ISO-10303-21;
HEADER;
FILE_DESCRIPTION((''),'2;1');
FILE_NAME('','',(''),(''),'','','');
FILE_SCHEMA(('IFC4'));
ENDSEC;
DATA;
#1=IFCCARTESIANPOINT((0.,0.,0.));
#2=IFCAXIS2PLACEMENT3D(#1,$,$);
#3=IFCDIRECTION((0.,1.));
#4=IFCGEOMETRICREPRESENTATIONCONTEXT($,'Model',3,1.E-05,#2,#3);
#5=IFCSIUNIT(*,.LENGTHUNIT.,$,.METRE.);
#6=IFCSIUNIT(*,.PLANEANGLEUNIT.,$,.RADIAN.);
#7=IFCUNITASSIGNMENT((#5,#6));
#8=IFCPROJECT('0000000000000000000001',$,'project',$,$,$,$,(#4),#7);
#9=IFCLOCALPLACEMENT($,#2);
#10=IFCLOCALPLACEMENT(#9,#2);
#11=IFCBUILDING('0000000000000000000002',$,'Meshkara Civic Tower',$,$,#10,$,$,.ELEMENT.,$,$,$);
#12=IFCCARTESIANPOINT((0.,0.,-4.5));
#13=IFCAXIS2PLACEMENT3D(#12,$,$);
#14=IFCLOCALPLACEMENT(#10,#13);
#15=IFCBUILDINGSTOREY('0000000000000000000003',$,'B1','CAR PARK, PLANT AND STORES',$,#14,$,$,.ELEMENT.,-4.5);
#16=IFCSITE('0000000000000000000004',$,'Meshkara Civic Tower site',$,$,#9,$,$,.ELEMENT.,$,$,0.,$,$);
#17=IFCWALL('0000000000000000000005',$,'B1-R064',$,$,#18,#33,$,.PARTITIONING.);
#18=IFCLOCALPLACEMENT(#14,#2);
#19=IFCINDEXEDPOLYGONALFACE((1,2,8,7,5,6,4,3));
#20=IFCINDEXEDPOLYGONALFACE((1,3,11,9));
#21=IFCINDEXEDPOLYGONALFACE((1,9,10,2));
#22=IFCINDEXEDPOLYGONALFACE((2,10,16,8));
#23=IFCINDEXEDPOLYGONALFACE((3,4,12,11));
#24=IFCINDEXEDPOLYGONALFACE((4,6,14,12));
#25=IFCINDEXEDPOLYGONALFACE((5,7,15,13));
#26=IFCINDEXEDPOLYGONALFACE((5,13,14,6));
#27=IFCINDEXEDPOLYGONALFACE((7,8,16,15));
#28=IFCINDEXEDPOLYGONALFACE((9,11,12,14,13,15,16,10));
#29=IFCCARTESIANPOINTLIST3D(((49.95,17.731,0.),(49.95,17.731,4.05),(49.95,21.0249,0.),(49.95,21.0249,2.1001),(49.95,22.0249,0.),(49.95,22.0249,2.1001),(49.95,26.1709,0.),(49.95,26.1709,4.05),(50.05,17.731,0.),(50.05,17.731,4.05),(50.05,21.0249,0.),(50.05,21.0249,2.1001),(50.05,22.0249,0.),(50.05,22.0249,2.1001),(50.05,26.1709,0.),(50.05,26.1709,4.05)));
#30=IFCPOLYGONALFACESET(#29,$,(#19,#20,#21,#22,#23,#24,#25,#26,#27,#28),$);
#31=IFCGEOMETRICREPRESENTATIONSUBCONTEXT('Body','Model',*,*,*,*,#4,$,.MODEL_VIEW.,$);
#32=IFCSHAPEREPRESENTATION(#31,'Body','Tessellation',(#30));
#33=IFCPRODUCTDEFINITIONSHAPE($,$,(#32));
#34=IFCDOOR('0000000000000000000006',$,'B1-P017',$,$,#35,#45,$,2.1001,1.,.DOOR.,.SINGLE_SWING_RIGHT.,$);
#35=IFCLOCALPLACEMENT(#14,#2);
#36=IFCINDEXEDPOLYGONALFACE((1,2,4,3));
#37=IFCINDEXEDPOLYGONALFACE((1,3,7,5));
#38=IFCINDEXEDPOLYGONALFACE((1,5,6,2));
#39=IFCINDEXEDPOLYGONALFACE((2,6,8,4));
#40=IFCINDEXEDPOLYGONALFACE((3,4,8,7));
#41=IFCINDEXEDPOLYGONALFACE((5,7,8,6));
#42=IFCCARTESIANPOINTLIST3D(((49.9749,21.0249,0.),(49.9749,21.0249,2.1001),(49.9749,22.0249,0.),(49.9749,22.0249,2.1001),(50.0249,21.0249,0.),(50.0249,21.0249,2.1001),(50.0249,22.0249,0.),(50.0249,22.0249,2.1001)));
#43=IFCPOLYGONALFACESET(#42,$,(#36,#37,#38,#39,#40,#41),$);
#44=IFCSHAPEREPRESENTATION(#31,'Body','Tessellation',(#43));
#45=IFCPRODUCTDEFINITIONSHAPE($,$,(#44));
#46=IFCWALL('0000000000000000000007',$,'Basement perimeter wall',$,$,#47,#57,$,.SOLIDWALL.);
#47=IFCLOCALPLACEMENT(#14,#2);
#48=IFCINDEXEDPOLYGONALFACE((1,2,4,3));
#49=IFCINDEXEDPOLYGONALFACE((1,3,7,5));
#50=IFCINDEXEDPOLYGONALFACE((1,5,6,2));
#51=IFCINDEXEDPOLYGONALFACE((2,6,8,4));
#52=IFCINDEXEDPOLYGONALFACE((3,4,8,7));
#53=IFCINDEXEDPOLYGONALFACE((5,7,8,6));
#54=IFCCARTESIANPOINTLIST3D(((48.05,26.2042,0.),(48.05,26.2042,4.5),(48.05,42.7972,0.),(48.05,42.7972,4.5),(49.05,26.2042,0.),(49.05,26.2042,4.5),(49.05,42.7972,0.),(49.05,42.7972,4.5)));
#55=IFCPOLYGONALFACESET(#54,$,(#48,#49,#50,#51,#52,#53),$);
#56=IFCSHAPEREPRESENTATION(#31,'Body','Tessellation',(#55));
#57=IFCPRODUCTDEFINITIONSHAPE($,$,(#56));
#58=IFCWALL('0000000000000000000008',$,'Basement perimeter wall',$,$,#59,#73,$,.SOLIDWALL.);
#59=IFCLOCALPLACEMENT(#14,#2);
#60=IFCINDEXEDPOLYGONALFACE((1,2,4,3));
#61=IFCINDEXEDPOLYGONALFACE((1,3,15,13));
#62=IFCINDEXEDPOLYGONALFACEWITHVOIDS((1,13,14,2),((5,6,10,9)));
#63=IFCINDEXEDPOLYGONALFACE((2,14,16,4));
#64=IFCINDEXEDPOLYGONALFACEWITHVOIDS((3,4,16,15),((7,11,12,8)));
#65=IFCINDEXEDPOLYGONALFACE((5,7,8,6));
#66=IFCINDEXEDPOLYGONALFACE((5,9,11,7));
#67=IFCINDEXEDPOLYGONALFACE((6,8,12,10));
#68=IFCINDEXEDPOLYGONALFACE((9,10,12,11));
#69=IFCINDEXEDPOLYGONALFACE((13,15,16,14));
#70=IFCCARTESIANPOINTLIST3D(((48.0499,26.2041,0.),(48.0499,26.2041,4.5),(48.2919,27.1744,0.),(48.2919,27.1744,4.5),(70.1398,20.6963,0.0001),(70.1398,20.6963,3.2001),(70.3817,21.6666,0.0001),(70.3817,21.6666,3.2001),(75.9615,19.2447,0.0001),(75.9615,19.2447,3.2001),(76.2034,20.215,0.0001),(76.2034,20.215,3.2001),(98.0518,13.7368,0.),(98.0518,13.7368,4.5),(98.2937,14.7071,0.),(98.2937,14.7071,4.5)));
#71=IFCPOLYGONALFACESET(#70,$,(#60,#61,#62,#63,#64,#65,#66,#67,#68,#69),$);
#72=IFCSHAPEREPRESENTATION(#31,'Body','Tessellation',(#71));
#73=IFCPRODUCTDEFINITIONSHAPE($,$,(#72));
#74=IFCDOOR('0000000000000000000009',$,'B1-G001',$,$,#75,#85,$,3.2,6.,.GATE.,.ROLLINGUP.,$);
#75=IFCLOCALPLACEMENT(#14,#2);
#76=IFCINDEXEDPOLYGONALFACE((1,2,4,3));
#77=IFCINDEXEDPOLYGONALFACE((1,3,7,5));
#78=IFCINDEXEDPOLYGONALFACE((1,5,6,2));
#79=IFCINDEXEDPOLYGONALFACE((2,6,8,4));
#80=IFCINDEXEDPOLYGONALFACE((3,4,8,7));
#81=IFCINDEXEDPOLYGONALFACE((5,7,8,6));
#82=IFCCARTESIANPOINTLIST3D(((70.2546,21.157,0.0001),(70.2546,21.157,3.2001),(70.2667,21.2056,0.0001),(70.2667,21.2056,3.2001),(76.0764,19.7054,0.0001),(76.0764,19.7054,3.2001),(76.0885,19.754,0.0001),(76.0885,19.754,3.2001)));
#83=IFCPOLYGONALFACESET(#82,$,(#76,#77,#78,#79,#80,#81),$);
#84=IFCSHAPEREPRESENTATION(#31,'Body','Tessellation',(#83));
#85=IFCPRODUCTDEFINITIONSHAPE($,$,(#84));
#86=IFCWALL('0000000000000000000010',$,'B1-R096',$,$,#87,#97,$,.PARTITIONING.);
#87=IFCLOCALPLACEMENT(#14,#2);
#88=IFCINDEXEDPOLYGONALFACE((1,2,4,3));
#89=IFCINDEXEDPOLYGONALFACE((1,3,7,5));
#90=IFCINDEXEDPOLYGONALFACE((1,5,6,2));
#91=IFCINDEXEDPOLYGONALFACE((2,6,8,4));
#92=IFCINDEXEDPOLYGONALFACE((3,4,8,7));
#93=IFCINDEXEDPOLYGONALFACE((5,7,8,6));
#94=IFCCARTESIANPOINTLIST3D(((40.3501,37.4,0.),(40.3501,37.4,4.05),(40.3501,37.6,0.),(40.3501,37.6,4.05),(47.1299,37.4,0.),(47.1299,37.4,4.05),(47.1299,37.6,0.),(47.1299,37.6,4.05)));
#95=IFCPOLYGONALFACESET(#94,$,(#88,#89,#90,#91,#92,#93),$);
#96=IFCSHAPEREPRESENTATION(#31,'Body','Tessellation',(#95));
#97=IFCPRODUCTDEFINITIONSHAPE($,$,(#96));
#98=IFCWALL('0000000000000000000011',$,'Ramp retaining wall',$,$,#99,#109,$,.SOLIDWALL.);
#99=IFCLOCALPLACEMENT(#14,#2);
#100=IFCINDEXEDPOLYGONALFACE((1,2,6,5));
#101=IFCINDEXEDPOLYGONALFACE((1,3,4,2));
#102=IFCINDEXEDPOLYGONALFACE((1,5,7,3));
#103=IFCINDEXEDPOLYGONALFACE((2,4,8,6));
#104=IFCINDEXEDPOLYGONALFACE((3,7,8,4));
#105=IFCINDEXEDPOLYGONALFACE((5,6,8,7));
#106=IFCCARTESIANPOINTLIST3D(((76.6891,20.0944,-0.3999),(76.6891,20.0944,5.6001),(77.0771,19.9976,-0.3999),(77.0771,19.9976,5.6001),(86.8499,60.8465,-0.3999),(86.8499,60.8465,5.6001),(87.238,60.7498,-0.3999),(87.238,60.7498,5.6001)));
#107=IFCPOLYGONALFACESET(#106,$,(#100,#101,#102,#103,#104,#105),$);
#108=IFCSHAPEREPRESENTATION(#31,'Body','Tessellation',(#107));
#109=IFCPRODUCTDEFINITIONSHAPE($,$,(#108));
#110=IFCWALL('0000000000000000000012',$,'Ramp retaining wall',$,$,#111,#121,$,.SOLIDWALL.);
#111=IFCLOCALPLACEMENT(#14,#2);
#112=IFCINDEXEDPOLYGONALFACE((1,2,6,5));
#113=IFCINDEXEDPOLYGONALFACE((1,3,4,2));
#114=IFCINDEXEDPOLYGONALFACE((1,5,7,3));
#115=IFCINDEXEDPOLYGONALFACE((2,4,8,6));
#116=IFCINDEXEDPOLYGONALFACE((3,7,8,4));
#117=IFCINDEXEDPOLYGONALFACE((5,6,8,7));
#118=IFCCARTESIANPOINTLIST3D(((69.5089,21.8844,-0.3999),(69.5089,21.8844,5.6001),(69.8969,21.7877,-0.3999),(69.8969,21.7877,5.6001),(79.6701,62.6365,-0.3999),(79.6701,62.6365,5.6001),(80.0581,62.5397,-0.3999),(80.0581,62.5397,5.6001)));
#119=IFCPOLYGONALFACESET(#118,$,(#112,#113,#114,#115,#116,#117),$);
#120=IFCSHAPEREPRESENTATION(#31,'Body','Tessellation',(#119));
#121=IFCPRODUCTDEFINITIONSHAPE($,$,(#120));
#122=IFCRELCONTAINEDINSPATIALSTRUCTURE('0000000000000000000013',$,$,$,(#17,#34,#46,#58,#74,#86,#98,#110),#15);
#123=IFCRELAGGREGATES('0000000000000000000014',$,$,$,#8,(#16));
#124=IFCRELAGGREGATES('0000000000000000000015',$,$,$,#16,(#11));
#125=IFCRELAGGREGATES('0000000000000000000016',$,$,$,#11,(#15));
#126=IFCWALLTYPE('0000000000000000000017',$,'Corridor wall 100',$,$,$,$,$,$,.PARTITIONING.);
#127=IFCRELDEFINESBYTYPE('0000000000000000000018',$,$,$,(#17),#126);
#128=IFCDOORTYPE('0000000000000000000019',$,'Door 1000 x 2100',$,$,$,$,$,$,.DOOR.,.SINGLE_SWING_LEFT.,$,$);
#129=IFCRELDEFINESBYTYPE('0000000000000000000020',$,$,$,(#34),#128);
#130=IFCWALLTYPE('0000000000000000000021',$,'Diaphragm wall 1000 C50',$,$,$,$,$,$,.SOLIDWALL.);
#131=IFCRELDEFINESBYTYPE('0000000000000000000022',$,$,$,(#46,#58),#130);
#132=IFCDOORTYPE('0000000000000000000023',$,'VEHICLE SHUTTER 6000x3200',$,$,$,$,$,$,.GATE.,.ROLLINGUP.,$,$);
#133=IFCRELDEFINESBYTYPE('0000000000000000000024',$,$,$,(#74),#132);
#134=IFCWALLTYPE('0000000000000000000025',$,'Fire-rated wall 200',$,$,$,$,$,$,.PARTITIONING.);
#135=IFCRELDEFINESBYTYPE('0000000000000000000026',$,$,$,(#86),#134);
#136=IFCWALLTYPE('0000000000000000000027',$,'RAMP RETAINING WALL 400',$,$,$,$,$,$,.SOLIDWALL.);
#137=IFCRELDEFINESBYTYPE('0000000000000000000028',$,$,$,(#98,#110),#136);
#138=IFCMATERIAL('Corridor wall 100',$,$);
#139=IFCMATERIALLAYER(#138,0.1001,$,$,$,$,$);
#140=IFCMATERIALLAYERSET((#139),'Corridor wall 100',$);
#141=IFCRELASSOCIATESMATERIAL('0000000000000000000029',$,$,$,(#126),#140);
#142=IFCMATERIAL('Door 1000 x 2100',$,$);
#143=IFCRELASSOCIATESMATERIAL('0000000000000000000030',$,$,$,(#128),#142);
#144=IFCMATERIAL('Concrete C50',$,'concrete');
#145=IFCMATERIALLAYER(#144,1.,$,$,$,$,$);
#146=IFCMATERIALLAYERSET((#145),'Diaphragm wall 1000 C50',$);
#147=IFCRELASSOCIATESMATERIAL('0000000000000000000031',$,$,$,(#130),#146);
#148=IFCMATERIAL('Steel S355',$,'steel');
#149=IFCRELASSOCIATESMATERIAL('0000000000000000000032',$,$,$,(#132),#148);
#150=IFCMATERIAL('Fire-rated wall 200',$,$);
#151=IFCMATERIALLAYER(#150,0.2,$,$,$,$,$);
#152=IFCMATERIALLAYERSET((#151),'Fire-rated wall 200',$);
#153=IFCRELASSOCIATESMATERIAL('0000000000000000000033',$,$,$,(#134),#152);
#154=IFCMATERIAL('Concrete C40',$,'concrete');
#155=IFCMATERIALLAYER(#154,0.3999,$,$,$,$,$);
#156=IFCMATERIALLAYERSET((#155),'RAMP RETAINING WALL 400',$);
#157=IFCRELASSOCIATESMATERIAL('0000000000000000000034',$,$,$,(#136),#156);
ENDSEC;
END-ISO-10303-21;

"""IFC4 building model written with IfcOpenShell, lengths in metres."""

from ifc_helpers import new_model, si_unit, direction, frame, frame_2d, origin, place, context, subcontext, project, spatial, rectangle, extrude, material, layer, layer_set, type_object, element, fill, save


model = new_model("IFC4")

# Units and contexts
model_context = context("Model", 3, precision=1e-05, world=origin(), true_north=direction((0.0, 1.0)))
body_context = subcontext(model_context, "Body", "Model", "MODEL_VIEW")
ifc_project = project(units=[si_unit("LENGTHUNIT", "METRE"), si_unit("PLANEANGLEUNIT", "RADIAN")], contexts=[model_context])

# Site, building, storey
site_placement = place(None, origin())
site = spatial("IfcSite", under=ifc_project, at=site_placement, Name="Meshkara Civic Tower site", CompositionType="ELEMENT", RefElevation=0.0)
building_placement = place(site_placement, origin())
building = spatial("IfcBuilding", under=site, at=building_placement, Name="Meshkara Civic Tower", CompositionType="ELEMENT")
storey_placement = place(building_placement, frame((0.0, 0.0, -4.5)))
storey = spatial("IfcBuildingStorey", under=building, at=storey_placement, Name="B1", Description="CAR PARK, PLANT AND STORES", CompositionType="ELEMENT", Elevation=-4.5)

# Shared definitions
ifc_material_1 = material(Name="Corridor wall 100")
ifc_layer_1 = layer(ifc_material_1, 0.1001)
ifc_layer_set_1 = layer_set([ifc_layer_1], Name="Corridor wall 100")
wall_type_1 = type_object("IfcWallType", Name="Corridor wall 100", PredefinedType="PARTITIONING", material=ifc_layer_set_1)

# Wall, opening, door
wall_1_placement = place(storey_placement, frame((50.0, 26.1709, 0.0), z_axis=(0.0, 0.0, 1.0), x_axis=(0.0, -1.0, 0.0)))
wall_1 = element("IfcWall", 1, at=wall_1_placement, inside=storey, type_object=wall_type_1, Name="B1-R064", PredefinedType="PARTITIONING", context=body_context, shape_type="SweptSolid", body=[
    extrude(rectangle(XDim=8.4399, YDim=0.1001, at=frame_2d((4.22, 0.0))), origin(), (0.0, 0.0, 1.0), 4.05),
])
opening_1_placement = place(wall_1_placement, frame((4.146, 0.0, 0.0)))
opening_1 = element("IfcOpeningElement", 2, at=opening_1_placement, cuts=wall_1, PredefinedType="OPENING", context=body_context, shape_type="SweptSolid", body=[
    extrude(rectangle(XDim=1.0, YDim=2.1001, at=frame_2d((0.5, 1.05))), frame((0.0, 0.0601, 0.0), z_axis=(0.0, -1.0, 0.0), x_axis=(1.0, 0.0, 0.0)), (0.0, 0.0, 1.0), 0.1201),
])
ifc_material_2 = material(Name="Door 1000 x 2100")
door_type_1 = type_object("IfcDoorType", Name="Door 1000 x 2100", OperationType="SINGLE_SWING_LEFT", PredefinedType="DOOR", material=ifc_material_2)
door_1_placement = place(opening_1_placement, origin())
door_1 = element("IfcDoor", 3, at=door_1_placement, inside=storey, type_object=door_type_1, Name="B1-P017", OperationType="SINGLE_SWING_RIGHT", OverallHeight=2.1001, OverallWidth=1.0, PredefinedType="DOOR", context=body_context, shape_type="SweptSolid", body=[
    extrude(rectangle(XDim=1.0, YDim=2.1001, at=frame_2d((0.5, 1.05))), frame((0.0, 0.0249, 0.0), z_axis=(0.0, -1.0, 0.0), x_axis=(1.0, 0.0, 0.0)), (0.0, 0.0, 1.0), 0.05),
])
fill(opening_1, door_1)

# Wall
ifc_material_3 = material(Name="Concrete C50", Category="concrete")
ifc_layer_2 = layer(ifc_material_3, 1.0)
ifc_layer_set_2 = layer_set([ifc_layer_2], Name="Diaphragm wall 1000 C50")
wall_type_2 = type_object("IfcWallType", Name="Diaphragm wall 1000 C50", PredefinedType="SOLIDWALL", material=ifc_layer_set_2)
wall_2_placement = place(storey_placement, frame((48.55, 42.7971, 0.0), z_axis=(0.0, 0.0, 1.0), x_axis=(0.0, -1.0, 0.0)))
element("IfcWall", 4, at=wall_2_placement, inside=storey, type_object=wall_type_2, Name="Basement perimeter wall", PredefinedType="SOLIDWALL", context=body_context, shape_type="SweptSolid", body=[
    extrude(rectangle(XDim=16.593, YDim=1.0, at=frame_2d((8.2964, 0.0))), origin(), (0.0, 0.0, 1.0), 4.5),
])

# Wall, opening, door
wall_3_placement = place(storey_placement, frame((48.1709, 26.6892, 0.0), z_axis=(0.0, 0.0, 1.0), x_axis=(0.970294, -0.241929, 0.0)))
wall_3 = element("IfcWall", 5, at=wall_3_placement, inside=storey, type_object=wall_type_2, Name="Basement perimeter wall", PredefinedType="SOLIDWALL", context=body_context, shape_type="SweptSolid", body=[
    extrude(rectangle(XDim=51.5327, YDim=1.0, at=frame_2d((25.7664, 0.0))), origin(), (0.0, 0.0, 1.0), 4.5),
])
opening_2_placement = place(wall_3_placement, frame((22.7661, 0.0, 0.0)))
opening_2 = element("IfcOpeningElement", 6, at=opening_2_placement, cuts=wall_3, PredefinedType="OPENING", context=body_context, shape_type="SweptSolid", body=[
    extrude(rectangle(XDim=6.0, YDim=3.2, at=frame_2d((3.0, 1.6001))), frame((0.0, 0.51, 0.0), z_axis=(0.0, -1.0, 0.0), x_axis=(1.0, 0.0, 0.0)), (0.0, 0.0, 1.0), 1.02),
])
ifc_material_4 = material(Name="Steel S355", Category="steel")
door_type_2 = type_object("IfcDoorType", Name="VEHICLE SHUTTER 6000x3200", OperationType="ROLLINGUP", PredefinedType="GATE", material=ifc_material_4)
door_2_placement = place(opening_2_placement, origin())
door_2 = element("IfcDoor", 7, at=door_2_placement, inside=storey, type_object=door_type_2, Name="B1-G001", OperationType="ROLLINGUP", OverallHeight=3.2, OverallWidth=6.0, PredefinedType="GATE", context=body_context, shape_type="SweptSolid", body=[
    extrude(rectangle(XDim=6.0, YDim=3.2, at=frame_2d((3.0, 1.6001))), frame((0.0, 0.0249, 0.0), z_axis=(0.0, -1.0, 0.0), x_axis=(1.0, 0.0, 0.0)), (0.0, 0.0, 1.0), 0.05),
])
fill(opening_2, door_2)

# Walls
ifc_material_5 = material(Name="Fire-rated wall 200")
ifc_layer_3 = layer(ifc_material_5, 0.2)
ifc_layer_set_3 = layer_set([ifc_layer_3], Name="Fire-rated wall 200")
wall_type_3 = type_object("IfcWallType", Name="Fire-rated wall 200", PredefinedType="PARTITIONING", material=ifc_layer_set_3)
wall_4_placement = place(storey_placement, frame((47.1299, 37.5, 0.0), z_axis=(0.0, 0.0, 1.0), x_axis=(-1.0, 0.0, 0.0)))
element("IfcWall", 8, at=wall_4_placement, inside=storey, type_object=wall_type_3, Name="B1-R096", PredefinedType="PARTITIONING", context=body_context, shape_type="SweptSolid", body=[
    extrude(rectangle(XDim=6.7798, YDim=0.2, at=frame_2d((3.3899, 0.0))), origin(), (0.0, 0.0, 1.0), 4.05),
])
ifc_material_6 = material(Name="Concrete C40", Category="concrete")
ifc_layer_4 = layer(ifc_material_6, 0.3999)
ifc_layer_set_4 = layer_set([ifc_layer_4], Name="RAMP RETAINING WALL 400")
wall_type_4 = type_object("IfcWallType", Name="RAMP RETAINING WALL 400", PredefinedType="SOLIDWALL", material=ifc_layer_set_4)
for number, where, z_axis, x_axis, name in (
    (9, (76.8831, 20.0459, -0.3999), (0.0, 0.0, 1.0), (0.241927, 0.970294, 0.0), "Ramp retaining wall"),
    (10, (69.7029, 21.8359, -0.3999), (0.0, 0.0, 1.0), (0.241934, 0.970293, 0.0), "Ramp retaining wall"),
):
    element("IfcWall", number, at=place(storey_placement, frame(where, z_axis=z_axis, x_axis=x_axis)), inside=storey, type_object=wall_type_4, Name=name, PredefinedType="SOLIDWALL", context=body_context, shape_type="SweptSolid", body=[
        extrude(rectangle(XDim=41.9998, YDim=0.3999, at=frame_2d((21.0, 0.0))), origin(), (0.0, 0.0, 1.0), 6.0),
    ])

save(model, "model.ifc")
